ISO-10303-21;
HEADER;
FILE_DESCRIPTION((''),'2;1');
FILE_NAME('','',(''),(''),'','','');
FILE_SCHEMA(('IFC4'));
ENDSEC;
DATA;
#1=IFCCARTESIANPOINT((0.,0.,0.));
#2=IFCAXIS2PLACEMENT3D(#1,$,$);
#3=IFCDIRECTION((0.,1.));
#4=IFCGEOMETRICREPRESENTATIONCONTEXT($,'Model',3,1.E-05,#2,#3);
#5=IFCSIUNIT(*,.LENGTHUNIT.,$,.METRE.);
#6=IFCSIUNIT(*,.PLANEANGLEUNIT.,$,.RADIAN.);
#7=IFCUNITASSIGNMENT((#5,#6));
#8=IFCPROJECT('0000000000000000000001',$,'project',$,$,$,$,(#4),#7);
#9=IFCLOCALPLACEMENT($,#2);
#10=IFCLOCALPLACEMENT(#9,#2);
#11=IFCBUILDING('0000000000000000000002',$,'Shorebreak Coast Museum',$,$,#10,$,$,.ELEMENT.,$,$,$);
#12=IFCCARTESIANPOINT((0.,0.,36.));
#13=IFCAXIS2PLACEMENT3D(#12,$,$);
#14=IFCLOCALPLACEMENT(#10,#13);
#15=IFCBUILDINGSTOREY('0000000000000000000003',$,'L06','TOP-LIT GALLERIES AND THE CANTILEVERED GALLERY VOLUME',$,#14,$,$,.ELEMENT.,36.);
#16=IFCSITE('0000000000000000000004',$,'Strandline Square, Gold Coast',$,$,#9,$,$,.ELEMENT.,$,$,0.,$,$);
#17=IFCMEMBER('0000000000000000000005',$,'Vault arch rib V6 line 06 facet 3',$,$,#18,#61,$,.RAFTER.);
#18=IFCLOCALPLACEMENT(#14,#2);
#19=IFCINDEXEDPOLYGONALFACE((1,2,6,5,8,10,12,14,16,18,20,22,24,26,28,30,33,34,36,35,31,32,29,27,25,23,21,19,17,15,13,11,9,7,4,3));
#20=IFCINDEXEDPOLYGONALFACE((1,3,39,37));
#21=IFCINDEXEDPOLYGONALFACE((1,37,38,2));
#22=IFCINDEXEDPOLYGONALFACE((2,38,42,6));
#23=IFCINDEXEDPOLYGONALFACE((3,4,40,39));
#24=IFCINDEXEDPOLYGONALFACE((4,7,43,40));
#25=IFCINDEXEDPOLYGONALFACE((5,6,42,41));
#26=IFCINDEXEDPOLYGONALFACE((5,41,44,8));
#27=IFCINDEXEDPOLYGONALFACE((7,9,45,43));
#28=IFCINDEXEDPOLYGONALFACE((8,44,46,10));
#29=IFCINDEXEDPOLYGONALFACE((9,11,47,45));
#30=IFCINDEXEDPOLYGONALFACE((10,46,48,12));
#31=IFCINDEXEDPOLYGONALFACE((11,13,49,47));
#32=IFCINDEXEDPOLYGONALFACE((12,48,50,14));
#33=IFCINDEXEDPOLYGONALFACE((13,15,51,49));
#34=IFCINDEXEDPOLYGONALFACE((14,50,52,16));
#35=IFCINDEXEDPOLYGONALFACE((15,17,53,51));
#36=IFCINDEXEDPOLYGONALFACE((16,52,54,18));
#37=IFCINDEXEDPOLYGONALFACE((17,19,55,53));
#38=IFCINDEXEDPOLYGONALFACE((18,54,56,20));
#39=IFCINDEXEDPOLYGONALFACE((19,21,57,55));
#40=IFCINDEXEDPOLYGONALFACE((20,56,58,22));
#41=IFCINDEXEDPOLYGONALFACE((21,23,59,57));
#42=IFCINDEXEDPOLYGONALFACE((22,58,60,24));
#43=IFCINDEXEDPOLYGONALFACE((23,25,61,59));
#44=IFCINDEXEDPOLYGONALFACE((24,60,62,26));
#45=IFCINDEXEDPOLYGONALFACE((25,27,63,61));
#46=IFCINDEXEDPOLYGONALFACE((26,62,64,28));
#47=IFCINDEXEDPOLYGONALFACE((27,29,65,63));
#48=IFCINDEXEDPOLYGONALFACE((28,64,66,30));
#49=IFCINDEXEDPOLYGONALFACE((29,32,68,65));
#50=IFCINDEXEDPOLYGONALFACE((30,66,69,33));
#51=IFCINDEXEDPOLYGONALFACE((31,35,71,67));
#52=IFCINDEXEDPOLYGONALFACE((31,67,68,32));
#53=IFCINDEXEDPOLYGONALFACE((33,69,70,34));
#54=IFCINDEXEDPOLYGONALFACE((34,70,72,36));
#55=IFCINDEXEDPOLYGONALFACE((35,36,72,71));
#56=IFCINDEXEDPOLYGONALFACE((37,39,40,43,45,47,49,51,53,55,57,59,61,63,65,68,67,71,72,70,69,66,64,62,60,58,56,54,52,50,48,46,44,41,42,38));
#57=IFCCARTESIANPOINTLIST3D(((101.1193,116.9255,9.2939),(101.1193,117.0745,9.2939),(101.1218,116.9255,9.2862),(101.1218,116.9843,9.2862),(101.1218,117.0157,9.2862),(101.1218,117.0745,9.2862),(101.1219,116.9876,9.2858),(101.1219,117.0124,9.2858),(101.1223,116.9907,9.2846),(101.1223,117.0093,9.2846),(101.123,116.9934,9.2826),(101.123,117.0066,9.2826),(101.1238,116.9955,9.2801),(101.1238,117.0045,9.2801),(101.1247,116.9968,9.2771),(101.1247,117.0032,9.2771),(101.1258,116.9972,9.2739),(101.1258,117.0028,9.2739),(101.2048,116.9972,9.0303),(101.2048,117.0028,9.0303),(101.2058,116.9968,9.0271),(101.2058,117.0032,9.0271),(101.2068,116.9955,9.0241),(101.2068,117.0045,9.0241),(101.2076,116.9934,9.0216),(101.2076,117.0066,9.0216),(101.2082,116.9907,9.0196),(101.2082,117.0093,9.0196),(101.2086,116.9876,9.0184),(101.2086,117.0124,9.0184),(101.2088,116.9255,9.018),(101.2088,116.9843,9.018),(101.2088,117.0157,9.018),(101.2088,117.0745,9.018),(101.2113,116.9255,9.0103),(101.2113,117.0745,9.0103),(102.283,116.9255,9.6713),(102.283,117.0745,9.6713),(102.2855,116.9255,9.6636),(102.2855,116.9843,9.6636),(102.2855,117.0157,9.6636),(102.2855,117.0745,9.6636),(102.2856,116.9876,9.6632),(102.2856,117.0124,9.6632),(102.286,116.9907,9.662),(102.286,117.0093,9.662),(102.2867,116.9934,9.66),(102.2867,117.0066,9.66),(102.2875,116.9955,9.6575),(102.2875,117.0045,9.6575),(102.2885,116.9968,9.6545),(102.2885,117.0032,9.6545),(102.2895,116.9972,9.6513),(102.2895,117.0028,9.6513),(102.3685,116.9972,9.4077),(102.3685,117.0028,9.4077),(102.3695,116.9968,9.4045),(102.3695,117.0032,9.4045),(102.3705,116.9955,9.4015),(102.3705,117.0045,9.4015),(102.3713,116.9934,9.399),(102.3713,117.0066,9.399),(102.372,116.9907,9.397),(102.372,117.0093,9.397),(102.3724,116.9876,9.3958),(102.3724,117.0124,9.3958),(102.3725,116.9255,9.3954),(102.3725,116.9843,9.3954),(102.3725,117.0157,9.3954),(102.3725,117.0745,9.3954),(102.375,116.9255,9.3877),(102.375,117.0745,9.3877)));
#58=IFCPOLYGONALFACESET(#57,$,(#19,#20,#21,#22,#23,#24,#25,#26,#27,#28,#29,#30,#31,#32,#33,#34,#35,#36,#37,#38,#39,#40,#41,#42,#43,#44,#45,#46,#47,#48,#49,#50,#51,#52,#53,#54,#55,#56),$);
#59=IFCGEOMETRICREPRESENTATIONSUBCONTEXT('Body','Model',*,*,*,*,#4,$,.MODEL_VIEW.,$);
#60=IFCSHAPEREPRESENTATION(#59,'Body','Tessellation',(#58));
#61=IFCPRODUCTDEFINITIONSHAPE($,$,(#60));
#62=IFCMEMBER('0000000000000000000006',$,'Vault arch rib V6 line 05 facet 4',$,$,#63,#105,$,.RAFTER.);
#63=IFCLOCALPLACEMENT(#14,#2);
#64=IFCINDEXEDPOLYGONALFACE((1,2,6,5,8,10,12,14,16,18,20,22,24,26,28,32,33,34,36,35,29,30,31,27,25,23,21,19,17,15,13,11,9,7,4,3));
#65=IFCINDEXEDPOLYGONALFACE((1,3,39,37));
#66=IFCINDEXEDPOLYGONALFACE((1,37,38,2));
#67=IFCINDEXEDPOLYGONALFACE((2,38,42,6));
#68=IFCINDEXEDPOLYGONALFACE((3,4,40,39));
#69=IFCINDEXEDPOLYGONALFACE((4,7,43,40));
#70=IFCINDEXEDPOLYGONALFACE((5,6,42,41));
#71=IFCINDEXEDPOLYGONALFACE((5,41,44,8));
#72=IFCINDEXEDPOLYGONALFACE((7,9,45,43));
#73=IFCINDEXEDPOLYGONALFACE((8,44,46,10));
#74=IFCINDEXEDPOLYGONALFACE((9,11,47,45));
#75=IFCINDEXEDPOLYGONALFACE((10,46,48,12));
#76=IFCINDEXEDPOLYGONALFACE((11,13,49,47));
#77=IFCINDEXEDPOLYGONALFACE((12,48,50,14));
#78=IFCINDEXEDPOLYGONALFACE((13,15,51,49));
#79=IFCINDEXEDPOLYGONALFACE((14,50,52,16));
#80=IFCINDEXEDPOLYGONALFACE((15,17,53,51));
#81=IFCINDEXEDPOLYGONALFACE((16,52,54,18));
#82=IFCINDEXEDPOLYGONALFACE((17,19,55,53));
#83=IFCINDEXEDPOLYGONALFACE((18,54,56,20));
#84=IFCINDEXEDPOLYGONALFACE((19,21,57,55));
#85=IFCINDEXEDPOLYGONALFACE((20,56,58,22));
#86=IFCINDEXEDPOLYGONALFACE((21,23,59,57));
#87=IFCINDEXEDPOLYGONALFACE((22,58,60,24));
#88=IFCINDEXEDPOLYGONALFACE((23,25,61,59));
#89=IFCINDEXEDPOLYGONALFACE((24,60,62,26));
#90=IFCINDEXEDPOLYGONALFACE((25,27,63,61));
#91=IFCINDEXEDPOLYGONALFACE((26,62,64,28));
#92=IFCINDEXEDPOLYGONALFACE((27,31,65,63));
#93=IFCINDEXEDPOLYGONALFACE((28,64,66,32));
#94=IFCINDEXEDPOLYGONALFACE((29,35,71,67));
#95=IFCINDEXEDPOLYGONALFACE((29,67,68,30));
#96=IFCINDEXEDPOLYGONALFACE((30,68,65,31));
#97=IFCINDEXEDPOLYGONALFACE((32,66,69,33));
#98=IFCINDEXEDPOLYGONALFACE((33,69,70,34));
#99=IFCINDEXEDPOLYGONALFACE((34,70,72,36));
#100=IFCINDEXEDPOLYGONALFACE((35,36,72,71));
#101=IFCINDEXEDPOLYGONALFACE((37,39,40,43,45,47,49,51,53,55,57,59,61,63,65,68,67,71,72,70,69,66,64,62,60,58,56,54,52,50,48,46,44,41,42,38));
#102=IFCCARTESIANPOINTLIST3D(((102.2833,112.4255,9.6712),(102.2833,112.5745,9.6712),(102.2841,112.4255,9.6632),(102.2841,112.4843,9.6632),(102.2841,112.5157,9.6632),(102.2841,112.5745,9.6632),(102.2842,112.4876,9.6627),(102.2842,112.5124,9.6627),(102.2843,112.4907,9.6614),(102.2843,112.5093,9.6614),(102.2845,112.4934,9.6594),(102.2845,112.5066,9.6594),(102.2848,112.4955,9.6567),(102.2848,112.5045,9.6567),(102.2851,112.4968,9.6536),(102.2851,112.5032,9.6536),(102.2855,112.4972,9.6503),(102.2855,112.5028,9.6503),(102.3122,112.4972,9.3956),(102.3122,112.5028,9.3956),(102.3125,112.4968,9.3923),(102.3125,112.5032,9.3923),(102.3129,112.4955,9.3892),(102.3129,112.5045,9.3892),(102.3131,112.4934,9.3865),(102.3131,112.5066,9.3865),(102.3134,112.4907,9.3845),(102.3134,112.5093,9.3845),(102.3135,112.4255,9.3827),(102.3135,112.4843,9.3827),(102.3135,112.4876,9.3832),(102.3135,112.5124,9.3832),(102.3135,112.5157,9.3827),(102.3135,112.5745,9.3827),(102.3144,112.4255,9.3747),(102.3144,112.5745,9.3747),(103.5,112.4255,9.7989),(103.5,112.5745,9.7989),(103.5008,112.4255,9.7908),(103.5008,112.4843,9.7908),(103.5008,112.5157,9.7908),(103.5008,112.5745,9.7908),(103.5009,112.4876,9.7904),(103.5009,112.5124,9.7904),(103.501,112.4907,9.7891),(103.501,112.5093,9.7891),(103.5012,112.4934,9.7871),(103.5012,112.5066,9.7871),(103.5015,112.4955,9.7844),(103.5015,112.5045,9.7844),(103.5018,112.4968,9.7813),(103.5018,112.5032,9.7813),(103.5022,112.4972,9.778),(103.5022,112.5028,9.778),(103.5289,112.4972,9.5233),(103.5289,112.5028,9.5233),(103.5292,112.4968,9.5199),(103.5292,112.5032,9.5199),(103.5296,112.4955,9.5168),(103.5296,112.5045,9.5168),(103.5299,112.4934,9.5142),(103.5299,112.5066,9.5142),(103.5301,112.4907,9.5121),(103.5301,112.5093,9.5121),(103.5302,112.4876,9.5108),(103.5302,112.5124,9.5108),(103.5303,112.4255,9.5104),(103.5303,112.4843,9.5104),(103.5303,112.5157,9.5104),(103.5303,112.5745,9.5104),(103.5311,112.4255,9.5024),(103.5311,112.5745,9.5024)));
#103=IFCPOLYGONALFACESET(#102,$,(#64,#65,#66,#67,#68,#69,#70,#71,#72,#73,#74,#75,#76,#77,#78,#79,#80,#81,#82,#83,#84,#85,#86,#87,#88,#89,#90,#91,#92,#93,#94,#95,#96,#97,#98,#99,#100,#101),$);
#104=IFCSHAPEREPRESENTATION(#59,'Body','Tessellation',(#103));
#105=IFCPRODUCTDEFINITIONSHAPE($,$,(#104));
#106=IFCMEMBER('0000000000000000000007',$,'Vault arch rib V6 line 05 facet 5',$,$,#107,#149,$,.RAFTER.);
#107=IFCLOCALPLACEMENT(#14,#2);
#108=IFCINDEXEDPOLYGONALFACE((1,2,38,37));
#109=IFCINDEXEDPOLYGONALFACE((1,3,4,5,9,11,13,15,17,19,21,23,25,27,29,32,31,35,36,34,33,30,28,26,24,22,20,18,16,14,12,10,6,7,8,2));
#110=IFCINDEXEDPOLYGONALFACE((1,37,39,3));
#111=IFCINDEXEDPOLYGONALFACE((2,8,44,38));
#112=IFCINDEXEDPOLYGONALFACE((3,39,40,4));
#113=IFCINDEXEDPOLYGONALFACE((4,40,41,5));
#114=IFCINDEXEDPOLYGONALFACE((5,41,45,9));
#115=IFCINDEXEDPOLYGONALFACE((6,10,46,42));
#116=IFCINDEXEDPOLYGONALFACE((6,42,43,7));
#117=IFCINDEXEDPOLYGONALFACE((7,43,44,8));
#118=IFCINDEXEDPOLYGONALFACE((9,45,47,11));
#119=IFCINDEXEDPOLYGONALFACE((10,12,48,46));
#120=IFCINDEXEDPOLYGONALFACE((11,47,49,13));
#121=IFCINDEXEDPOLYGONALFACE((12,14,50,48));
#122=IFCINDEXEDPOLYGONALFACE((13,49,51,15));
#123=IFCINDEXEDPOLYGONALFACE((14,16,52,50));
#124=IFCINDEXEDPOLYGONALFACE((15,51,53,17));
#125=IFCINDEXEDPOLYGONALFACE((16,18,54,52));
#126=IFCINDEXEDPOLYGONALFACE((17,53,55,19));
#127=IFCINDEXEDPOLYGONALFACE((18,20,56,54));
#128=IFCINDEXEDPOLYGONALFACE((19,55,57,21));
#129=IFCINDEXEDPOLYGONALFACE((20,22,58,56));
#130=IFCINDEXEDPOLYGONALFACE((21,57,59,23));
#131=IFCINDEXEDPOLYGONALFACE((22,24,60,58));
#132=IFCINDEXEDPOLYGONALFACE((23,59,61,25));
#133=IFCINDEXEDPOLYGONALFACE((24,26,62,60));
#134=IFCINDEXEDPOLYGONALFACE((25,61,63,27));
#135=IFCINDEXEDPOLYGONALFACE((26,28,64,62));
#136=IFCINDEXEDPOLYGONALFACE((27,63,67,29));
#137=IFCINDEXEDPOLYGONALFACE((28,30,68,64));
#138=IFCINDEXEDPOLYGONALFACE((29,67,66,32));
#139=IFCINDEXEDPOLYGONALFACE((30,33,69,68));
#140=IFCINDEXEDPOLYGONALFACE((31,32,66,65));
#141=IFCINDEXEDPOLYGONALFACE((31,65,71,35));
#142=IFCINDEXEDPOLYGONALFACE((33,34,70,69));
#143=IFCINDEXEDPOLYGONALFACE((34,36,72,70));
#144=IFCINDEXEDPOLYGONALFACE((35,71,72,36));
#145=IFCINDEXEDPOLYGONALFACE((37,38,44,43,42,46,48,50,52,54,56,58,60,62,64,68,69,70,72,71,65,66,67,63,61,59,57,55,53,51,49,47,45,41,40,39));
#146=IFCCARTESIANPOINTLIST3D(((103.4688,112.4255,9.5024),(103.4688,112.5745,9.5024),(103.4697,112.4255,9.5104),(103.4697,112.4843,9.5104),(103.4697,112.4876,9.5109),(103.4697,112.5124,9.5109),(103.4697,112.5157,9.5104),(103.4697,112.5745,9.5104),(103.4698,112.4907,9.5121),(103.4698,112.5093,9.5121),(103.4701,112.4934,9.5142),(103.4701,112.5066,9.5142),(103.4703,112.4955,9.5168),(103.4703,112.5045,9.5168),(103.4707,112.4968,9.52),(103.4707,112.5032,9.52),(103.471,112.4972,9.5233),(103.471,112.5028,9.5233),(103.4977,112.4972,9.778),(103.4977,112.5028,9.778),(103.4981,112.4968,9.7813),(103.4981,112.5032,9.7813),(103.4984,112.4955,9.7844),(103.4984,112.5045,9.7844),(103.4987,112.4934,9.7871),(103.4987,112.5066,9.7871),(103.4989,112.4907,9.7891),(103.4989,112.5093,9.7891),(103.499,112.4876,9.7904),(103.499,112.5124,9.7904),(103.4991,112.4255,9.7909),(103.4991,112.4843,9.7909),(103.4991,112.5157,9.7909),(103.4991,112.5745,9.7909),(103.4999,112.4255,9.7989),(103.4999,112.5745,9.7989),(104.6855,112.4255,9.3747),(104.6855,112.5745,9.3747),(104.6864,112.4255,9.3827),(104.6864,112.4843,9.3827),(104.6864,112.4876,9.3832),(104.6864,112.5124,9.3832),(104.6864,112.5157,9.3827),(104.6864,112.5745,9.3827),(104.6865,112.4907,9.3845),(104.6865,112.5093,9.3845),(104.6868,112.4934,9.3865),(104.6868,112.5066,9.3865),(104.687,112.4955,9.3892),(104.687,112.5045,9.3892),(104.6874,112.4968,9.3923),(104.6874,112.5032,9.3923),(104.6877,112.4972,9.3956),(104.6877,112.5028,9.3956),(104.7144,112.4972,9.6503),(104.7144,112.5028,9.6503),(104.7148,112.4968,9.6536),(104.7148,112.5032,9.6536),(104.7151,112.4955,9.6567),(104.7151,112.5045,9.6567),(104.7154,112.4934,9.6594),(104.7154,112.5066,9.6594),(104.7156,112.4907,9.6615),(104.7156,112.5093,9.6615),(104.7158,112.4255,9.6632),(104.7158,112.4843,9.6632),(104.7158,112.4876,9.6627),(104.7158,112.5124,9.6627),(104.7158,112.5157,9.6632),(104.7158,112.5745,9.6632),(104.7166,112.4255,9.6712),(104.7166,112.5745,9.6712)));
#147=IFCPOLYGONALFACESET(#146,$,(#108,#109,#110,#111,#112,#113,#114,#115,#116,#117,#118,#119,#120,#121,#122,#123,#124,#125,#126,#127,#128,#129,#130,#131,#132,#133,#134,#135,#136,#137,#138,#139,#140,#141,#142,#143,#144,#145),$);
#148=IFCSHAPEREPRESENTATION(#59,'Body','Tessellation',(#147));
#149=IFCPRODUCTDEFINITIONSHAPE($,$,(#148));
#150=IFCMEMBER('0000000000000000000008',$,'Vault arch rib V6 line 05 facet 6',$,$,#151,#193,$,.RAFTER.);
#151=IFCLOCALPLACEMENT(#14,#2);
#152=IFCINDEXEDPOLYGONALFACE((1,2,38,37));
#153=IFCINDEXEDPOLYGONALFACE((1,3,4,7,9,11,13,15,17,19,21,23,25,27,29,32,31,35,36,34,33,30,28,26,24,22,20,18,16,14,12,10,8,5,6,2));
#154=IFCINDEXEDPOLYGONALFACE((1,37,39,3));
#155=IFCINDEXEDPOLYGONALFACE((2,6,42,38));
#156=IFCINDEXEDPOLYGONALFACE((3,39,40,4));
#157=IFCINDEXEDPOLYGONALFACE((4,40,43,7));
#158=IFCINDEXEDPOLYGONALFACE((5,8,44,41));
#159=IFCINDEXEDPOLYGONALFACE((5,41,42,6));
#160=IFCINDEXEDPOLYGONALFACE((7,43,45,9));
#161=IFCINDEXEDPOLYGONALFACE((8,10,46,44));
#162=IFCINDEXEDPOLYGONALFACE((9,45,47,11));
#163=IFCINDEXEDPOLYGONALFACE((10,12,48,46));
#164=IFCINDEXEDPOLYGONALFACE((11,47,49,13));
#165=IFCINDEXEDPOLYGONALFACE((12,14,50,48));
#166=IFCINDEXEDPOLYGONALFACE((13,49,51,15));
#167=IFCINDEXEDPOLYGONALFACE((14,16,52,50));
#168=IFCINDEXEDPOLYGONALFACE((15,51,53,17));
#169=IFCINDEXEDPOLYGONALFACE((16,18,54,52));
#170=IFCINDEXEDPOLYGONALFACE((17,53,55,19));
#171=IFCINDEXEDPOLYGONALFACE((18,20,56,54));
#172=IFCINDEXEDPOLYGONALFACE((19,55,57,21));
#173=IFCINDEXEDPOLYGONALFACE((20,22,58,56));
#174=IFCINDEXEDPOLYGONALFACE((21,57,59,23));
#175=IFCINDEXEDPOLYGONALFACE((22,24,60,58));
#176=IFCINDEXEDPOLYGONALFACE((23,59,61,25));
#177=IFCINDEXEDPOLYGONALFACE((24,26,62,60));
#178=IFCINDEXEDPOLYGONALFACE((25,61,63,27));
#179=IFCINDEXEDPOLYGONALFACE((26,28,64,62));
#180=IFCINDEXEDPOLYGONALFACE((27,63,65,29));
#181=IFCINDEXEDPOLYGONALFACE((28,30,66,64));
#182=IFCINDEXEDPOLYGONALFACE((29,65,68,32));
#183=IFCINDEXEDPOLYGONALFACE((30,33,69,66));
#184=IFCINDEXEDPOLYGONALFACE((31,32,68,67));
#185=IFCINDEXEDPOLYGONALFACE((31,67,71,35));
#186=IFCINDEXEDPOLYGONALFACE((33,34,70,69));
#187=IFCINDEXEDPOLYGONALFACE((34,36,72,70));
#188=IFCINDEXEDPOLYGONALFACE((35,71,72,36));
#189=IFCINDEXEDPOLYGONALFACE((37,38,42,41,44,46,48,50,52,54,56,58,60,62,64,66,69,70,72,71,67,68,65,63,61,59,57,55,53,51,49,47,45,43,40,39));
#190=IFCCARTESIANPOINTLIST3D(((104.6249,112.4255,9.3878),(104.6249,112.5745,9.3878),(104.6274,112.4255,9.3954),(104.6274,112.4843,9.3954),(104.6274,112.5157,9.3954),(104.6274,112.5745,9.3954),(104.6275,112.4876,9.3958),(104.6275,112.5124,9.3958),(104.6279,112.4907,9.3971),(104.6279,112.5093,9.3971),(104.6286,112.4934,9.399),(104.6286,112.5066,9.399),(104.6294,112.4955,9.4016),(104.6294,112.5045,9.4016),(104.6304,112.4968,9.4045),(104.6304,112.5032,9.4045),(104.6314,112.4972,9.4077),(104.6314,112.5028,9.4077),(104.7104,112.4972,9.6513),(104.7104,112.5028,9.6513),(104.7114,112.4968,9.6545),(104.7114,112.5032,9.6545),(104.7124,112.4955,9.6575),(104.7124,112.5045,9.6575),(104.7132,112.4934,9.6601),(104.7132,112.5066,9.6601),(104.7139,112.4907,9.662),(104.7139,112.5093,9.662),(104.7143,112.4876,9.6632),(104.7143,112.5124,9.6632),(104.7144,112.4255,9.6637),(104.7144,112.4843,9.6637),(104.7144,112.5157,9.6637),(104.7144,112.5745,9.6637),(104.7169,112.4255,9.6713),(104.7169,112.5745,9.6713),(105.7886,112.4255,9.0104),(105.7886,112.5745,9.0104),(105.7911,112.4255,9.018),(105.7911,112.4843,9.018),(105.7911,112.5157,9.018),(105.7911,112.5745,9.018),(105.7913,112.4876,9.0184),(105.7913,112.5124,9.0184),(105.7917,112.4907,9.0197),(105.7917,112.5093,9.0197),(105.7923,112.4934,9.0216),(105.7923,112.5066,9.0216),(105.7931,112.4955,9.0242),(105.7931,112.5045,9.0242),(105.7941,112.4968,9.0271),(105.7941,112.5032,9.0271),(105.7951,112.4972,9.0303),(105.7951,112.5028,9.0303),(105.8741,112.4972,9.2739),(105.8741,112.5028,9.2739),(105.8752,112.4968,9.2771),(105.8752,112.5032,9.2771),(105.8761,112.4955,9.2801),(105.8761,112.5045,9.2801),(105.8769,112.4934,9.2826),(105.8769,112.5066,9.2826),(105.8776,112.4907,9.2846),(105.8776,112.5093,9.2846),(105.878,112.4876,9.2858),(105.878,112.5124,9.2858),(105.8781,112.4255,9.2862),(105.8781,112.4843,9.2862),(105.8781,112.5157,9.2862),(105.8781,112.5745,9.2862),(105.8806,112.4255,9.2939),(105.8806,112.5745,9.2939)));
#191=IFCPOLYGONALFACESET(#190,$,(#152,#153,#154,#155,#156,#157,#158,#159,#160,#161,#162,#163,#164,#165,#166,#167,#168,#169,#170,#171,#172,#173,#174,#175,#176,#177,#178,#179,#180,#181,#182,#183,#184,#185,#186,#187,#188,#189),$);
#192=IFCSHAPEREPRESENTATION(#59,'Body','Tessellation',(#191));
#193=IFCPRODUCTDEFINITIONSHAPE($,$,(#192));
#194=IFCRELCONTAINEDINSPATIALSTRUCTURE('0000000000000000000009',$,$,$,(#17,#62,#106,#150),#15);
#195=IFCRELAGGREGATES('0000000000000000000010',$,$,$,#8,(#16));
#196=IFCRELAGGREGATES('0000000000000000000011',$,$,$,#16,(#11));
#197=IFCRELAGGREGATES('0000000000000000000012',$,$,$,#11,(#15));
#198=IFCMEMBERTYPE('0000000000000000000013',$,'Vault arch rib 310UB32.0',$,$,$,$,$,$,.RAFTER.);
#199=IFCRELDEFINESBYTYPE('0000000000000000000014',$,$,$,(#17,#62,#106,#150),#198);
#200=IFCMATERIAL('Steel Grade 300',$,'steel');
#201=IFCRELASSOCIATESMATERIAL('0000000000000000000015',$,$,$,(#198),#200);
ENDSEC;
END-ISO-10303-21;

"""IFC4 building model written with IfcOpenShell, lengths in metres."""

from ifc_helpers import new_model, si_unit, direction, frame, origin, origin_2d, place, context, subcontext, project, spatial, i_section, extrude, material, material_profile, profile_set, type_object, element, save


model = new_model("IFC4")

# Units and contexts
model_context = context("Model", 3, precision=1e-05, world=origin(), true_north=direction((0.0, 1.0)))
body_context = subcontext(model_context, "Body", "Model", "MODEL_VIEW")
ifc_project = project(units=[si_unit("LENGTHUNIT", "METRE"), si_unit("PLANEANGLEUNIT", "RADIAN")], contexts=[model_context])

# Site, building, storey
site_placement = place(None, origin())
site = spatial("IfcSite", under=ifc_project, at=site_placement, Name="Strandline Square, Gold Coast", CompositionType="ELEMENT", RefElevation=0.0)
building_placement = place(site_placement, origin())
building = spatial("IfcBuilding", under=site, at=building_placement, Name="Shorebreak Coast Museum", CompositionType="ELEMENT")
storey_placement = place(building_placement, frame((0.0, 0.0, 36.0)))
storey = spatial("IfcBuildingStorey", under=building, at=storey_placement, Name="L06", Description="TOP-LIT GALLERIES AND THE CANTILEVERED GALLERY VOLUME", CompositionType="ELEMENT", Elevation=36.0)

# Members
ifc_material_1 = material(Name="Steel Grade 300", Category="steel")
ifc_material_profile_1 = material_profile(ifc_material_1, i_section(OverallWidth=0.1489, OverallDepth=0.2981, WebThickness=0.0056, FlangeThickness=0.0081, FilletRadius=0.0129, at=origin_2d()), Name="310UB32.0")
ifc_profile_set_1 = profile_set([ifc_material_profile_1], Name="Steel Grade 300")
member_type_1 = type_object("IfcMemberType", Name="Vault arch rib 310UB32.0", PredefinedType="RAFTER", material=ifc_profile_set_1)
for number, where, z_axis, x_axis, name in (
    (1, (101.1653, 117.0, 9.1521), (0.951226, 0.0, 0.308495), (0.0, 1.0, 0.0), "Vault arch rib V6 line 06 facet 3"),
    (2, (102.2988, 112.5, 9.5229), (0.994539, 0.0, 0.104363), (0.0, 1.0, 0.0), "Vault arch rib V6 line 05 facet 4"),
    (3, (103.4844, 112.5, 9.6506), (0.994539, 0.0, -0.104363), (0.0, 1.0, 0.0), "Vault arch rib V6 line 05 facet 5"),
    (4, (104.6709, 112.5, 9.5295), (0.951226, 0.0, -0.308495), (0.0, 1.0, 0.0), "Vault arch rib V6 line 05 facet 6"),
):
    element("IfcMember", number, at=place(storey_placement, frame(where, z_axis=z_axis, x_axis=x_axis)), inside=storey, type_object=member_type_1, Name=name, PredefinedType="RAFTER", context=body_context, shape_type="SweptSolid", body=[
        extrude(i_section(OverallWidth=0.1489, OverallDepth=0.2981, WebThickness=0.0056, FlangeThickness=0.0081, FilletRadius=0.0129, at=origin_2d()), origin(), (0.0, 0.0, 1.0), 1.2234),
    ])

save(model, "model.ifc")
